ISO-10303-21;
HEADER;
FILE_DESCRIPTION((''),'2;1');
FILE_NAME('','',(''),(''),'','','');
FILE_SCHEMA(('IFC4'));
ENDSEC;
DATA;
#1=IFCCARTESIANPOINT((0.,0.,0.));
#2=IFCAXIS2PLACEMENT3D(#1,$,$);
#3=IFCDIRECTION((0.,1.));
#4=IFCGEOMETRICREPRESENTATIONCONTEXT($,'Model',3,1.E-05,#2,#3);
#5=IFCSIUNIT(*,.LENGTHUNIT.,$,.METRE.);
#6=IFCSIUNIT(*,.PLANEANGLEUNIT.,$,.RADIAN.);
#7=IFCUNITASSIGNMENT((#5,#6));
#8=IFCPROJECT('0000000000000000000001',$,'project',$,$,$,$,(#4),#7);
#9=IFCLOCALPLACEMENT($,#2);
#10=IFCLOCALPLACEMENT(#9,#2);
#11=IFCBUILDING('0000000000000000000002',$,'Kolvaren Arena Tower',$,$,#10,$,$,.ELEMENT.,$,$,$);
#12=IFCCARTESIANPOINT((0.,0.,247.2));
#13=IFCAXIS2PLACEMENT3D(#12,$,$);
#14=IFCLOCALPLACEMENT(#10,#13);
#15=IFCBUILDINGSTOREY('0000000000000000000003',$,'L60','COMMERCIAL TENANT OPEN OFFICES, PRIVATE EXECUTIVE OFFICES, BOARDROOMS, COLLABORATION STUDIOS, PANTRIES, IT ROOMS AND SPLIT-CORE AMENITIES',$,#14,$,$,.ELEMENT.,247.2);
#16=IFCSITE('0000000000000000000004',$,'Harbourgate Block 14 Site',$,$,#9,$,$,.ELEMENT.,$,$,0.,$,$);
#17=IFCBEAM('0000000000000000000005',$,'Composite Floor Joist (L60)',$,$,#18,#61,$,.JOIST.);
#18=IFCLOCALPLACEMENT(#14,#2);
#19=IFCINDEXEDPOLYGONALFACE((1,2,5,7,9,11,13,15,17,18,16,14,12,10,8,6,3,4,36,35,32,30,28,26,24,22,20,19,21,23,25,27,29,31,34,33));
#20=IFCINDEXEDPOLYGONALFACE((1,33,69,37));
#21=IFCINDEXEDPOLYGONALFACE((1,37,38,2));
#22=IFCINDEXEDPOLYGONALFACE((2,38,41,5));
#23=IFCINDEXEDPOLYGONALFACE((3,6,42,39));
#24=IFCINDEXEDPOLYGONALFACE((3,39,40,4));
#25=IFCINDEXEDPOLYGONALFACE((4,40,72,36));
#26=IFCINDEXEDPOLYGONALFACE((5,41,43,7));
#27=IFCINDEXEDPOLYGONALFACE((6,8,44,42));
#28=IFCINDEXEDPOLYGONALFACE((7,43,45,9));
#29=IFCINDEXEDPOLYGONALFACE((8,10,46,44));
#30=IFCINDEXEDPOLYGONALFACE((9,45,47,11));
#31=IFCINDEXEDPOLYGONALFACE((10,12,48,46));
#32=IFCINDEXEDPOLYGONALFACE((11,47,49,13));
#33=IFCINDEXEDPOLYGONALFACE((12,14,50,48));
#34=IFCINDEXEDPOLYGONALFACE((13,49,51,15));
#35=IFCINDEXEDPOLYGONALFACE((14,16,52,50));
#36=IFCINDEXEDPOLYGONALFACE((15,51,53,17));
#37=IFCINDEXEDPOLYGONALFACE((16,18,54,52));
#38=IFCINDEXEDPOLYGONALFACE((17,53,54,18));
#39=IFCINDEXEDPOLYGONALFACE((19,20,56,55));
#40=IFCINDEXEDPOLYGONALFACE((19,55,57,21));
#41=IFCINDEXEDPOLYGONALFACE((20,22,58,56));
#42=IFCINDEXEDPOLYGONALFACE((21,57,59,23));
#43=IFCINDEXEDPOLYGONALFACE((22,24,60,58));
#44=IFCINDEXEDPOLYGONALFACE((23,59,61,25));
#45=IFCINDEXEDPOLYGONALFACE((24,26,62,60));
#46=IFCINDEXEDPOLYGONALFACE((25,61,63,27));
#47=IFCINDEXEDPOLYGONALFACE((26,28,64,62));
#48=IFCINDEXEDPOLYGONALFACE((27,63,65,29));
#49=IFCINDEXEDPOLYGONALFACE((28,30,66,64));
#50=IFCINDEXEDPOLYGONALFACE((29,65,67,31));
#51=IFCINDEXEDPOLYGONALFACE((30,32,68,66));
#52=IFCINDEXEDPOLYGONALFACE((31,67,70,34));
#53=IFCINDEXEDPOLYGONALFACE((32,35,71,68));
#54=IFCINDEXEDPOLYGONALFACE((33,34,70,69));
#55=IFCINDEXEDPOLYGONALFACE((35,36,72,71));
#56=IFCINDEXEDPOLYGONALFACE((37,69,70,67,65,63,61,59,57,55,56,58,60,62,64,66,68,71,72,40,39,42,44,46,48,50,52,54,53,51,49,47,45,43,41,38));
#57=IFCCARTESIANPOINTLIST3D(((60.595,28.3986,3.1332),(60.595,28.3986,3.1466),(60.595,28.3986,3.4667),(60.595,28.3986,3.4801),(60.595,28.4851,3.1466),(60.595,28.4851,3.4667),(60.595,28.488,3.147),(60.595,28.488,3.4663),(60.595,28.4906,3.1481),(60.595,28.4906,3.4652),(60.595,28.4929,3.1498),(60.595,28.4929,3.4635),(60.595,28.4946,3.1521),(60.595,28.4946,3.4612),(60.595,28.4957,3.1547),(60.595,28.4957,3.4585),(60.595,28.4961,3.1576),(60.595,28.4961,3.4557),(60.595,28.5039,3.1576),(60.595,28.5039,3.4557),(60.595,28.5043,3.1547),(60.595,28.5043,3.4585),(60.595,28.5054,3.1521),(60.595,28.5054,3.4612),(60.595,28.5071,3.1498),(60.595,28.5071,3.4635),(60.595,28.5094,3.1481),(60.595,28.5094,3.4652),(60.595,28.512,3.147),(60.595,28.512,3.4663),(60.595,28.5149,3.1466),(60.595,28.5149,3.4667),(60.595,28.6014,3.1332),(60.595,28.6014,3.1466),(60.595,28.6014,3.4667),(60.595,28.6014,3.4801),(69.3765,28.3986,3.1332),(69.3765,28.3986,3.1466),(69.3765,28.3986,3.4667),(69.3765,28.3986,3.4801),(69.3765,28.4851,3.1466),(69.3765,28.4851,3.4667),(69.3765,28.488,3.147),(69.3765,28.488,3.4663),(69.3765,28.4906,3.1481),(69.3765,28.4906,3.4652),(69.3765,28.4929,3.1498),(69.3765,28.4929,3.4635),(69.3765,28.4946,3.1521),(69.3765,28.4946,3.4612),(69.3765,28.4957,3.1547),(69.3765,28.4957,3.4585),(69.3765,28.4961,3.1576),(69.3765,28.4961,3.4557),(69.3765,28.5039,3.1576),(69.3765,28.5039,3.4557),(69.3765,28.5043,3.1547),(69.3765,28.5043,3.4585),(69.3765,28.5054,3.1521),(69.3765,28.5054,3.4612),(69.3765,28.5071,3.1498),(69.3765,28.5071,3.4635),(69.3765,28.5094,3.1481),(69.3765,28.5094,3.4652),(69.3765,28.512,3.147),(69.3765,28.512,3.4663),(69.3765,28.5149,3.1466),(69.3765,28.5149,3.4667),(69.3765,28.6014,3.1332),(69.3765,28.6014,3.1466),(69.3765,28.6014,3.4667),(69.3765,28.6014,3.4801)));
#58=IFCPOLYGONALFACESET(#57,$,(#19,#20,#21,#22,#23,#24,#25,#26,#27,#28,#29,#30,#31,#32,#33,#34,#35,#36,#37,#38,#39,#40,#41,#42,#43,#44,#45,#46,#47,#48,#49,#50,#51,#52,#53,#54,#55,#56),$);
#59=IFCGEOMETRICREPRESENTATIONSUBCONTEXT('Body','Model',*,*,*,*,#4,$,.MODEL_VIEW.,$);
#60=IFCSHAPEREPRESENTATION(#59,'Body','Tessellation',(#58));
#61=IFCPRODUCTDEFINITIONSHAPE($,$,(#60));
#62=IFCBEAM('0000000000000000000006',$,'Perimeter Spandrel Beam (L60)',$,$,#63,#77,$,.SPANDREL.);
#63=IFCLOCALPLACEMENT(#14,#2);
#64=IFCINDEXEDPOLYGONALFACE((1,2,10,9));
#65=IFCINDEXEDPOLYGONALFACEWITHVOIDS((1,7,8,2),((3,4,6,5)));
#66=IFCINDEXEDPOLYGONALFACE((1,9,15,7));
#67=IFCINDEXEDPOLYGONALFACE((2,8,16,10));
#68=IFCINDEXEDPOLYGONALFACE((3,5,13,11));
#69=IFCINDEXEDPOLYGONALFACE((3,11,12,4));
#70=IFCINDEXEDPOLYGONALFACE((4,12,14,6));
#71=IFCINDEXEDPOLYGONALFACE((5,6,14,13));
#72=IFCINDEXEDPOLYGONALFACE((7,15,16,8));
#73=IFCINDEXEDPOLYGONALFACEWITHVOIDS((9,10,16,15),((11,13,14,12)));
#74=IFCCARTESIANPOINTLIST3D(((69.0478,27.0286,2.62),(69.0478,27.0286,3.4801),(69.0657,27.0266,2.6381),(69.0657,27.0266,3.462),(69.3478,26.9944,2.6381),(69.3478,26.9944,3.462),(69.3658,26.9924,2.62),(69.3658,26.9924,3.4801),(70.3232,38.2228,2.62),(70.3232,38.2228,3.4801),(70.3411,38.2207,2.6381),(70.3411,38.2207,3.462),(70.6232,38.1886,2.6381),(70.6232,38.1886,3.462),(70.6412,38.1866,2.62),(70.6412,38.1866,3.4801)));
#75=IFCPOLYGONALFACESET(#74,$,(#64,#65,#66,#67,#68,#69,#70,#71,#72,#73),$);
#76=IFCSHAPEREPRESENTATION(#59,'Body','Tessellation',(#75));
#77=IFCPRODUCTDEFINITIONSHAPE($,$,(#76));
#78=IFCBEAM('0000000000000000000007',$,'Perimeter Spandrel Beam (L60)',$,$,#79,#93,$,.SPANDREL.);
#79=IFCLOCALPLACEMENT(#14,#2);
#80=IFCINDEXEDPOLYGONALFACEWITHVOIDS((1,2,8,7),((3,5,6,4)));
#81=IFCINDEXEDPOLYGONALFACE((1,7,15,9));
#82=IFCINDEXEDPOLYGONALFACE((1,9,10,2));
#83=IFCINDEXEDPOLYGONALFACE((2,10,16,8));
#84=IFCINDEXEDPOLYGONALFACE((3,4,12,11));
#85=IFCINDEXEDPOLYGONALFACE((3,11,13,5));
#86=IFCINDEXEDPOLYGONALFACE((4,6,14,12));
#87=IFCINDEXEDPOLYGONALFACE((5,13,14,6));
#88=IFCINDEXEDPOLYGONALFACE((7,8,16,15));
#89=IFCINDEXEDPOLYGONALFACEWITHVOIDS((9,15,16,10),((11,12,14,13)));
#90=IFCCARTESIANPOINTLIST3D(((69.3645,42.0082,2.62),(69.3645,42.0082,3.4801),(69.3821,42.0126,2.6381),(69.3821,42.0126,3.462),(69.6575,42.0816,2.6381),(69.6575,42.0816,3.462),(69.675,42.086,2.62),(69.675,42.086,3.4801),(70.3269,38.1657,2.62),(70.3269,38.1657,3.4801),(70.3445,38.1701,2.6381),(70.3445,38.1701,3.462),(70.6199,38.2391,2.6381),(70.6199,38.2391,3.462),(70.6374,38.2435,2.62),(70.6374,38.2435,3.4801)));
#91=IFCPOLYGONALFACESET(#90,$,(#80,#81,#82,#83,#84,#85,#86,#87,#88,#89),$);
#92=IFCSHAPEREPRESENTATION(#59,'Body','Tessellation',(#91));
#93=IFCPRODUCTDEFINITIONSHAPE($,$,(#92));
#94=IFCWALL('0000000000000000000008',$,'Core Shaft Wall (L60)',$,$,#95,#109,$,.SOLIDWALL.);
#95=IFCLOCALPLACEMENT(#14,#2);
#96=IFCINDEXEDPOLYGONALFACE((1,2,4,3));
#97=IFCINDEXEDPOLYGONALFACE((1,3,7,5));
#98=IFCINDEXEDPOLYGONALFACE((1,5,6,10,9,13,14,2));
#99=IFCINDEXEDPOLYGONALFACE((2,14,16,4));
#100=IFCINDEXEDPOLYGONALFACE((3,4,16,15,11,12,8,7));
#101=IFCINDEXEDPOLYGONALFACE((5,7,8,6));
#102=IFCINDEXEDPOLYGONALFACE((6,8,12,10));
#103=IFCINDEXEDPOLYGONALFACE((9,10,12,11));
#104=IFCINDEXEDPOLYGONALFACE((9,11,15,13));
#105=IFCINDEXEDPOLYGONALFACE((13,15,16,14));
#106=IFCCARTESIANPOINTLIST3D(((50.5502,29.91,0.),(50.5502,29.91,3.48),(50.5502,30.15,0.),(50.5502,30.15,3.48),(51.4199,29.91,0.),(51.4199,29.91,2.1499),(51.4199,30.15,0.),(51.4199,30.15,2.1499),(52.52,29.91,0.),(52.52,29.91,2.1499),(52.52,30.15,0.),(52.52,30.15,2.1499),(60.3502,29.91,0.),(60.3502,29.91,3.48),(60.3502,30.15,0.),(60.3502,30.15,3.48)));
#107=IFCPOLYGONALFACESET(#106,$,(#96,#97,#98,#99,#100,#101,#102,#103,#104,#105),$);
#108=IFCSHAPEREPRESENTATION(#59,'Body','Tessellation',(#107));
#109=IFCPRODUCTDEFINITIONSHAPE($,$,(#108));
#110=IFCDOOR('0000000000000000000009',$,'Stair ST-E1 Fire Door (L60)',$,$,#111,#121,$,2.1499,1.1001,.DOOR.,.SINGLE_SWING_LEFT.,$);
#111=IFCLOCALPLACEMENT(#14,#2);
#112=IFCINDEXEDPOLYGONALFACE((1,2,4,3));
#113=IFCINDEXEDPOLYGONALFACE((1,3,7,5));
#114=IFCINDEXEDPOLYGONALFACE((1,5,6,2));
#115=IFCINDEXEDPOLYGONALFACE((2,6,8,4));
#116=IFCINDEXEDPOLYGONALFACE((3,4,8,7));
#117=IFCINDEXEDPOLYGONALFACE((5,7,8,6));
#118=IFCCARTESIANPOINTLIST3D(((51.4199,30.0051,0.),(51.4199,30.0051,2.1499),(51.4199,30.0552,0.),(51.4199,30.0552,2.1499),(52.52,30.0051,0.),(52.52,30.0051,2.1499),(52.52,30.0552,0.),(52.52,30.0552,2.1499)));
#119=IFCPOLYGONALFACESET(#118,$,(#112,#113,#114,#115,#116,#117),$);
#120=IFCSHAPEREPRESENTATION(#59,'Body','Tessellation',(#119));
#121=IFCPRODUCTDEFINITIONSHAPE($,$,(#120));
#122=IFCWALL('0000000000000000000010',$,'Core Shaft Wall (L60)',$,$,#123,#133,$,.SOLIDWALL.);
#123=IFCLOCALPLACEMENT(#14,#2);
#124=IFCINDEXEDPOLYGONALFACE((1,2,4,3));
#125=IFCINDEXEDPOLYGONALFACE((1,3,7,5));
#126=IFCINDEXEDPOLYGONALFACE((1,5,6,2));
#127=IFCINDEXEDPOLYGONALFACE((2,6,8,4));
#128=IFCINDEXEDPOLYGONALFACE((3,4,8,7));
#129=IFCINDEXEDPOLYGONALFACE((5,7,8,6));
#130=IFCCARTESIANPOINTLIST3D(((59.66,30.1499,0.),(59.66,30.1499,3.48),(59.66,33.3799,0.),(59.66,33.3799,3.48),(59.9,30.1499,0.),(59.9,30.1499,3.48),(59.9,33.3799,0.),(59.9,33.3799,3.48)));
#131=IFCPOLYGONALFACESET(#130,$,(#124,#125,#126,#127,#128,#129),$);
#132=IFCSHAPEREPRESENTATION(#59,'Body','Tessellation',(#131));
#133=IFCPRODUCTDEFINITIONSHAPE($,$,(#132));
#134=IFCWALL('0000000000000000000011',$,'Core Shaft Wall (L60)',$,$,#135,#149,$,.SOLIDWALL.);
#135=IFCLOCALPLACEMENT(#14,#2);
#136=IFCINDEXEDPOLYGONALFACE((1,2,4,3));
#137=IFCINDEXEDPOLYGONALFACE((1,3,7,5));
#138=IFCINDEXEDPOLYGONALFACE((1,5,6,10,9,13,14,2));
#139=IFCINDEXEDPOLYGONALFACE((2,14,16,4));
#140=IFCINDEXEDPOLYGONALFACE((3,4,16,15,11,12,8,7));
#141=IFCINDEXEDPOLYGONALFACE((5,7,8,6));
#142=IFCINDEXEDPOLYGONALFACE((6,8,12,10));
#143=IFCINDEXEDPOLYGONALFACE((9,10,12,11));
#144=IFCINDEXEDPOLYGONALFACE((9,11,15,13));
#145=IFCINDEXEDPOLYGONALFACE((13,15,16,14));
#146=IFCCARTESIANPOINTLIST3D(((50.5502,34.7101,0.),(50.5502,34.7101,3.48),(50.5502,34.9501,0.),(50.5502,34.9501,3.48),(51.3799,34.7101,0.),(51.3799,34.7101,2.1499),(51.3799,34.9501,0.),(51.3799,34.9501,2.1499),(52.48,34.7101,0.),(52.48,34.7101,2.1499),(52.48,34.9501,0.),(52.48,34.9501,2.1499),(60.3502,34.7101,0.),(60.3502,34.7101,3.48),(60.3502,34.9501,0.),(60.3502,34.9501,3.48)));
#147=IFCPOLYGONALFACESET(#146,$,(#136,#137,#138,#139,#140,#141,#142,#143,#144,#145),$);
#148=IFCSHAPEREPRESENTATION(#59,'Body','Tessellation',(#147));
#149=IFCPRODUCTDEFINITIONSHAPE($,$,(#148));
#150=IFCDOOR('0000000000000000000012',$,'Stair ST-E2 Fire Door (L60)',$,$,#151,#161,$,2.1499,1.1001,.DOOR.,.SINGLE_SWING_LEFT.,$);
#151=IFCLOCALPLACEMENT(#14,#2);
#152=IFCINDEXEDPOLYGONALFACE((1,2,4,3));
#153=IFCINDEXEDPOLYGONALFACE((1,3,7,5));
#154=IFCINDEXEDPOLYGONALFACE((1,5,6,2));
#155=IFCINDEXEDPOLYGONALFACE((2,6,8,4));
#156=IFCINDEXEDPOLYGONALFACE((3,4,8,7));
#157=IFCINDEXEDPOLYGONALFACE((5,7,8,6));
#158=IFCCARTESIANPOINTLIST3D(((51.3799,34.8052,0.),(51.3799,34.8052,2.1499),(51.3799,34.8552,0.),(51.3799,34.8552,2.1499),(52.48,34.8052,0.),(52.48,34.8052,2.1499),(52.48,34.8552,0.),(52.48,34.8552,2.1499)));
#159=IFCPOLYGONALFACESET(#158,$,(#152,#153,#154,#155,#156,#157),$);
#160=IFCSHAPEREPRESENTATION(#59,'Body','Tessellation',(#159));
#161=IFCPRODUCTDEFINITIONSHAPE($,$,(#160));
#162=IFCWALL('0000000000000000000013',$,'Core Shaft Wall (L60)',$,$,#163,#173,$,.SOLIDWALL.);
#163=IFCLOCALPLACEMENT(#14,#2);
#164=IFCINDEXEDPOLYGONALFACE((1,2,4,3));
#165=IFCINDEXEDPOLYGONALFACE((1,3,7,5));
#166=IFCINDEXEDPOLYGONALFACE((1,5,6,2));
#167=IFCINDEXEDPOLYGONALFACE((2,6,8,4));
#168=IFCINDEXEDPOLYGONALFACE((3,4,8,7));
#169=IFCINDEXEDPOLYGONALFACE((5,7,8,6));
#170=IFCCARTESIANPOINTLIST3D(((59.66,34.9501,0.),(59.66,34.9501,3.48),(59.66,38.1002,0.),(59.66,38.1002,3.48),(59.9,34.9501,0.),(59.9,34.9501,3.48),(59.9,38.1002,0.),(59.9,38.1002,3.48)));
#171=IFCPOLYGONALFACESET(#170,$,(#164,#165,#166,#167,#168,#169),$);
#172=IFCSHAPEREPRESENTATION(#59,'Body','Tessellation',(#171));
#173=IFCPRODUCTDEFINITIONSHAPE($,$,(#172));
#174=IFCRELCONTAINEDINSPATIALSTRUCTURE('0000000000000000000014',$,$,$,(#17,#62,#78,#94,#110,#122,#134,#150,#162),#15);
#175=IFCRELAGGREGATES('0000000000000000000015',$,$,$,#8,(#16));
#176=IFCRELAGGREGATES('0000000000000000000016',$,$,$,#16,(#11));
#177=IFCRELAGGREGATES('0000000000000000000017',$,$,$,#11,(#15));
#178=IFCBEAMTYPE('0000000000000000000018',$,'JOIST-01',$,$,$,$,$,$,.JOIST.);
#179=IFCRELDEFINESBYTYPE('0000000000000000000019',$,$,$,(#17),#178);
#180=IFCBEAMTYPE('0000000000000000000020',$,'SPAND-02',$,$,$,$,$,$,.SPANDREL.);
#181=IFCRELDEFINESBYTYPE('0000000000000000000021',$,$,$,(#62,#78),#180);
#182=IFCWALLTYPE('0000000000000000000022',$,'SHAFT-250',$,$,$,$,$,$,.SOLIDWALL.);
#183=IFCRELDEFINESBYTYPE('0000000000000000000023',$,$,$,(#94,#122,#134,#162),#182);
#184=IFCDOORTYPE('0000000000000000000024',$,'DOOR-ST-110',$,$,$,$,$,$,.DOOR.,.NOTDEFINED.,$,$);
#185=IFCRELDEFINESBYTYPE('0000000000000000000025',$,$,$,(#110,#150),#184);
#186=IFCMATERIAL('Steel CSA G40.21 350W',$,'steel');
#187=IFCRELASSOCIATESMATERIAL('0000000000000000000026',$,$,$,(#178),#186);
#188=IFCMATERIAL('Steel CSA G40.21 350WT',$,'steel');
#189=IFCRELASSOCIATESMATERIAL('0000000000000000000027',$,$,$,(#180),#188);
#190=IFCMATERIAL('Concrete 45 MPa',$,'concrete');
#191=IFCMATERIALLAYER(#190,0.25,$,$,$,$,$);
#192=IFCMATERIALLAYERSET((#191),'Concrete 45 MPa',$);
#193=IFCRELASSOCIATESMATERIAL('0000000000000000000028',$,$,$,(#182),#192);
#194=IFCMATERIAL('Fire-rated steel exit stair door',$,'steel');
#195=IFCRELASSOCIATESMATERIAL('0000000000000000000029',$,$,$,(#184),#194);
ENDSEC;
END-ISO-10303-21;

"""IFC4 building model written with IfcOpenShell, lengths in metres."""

from ifc_helpers import new_model, si_unit, direction, frame, frame_2d, origin, origin_2d, place, context, subcontext, project, spatial, rectangle, hollow_rectangle, i_section, extrude, material, layer, layer_set, material_profile, profile_set, type_object, element, fill, save


model = new_model("IFC4")

# Units and contexts
model_context = context("Model", 3, precision=1e-05, world=origin(), true_north=direction((0.0, 1.0)))
body_context = subcontext(model_context, "Body", "Model", "MODEL_VIEW")
ifc_project = project(units=[si_unit("LENGTHUNIT", "METRE"), si_unit("PLANEANGLEUNIT", "RADIAN")], contexts=[model_context])

# Site, building, storey
site_placement = place(None, origin())
site = spatial("IfcSite", under=ifc_project, at=site_placement, Name="Harbourgate Block 14 Site", CompositionType="ELEMENT", RefElevation=0.0)
building_placement = place(site_placement, origin())
building = spatial("IfcBuilding", under=site, at=building_placement, Name="Kolvaren Arena Tower", CompositionType="ELEMENT")
storey_placement = place(building_placement, frame((0.0, 0.0, 247.2)))
storey = spatial("IfcBuildingStorey", under=building, at=storey_placement, Name="L60", Description="COMMERCIAL TENANT OPEN OFFICES, PRIVATE EXECUTIVE OFFICES, BOARDROOMS, COLLABORATION STUDIOS, PANTRIES, IT ROOMS AND SPLIT-CORE AMENITIES", CompositionType="ELEMENT", Elevation=247.2)

# Beams
ifc_material_1 = material(Name="Steel CSA G40.21 350W", Category="steel")
ifc_material_profile_1 = material_profile(ifc_material_1, i_section(OverallWidth=0.2029, OverallDepth=0.3469, WebThickness=0.0078, FlangeThickness=0.0134, FilletRadius=0.011, at=origin_2d()), Name="W360x64")
ifc_profile_set_1 = profile_set([ifc_material_profile_1], Name="Steel CSA G40.21 350W")
beam_type_1 = type_object("IfcBeamType", Name="JOIST-01", PredefinedType="JOIST", material=ifc_profile_set_1)
beam_1_placement = place(storey_placement, frame((60.595, 28.5, 3.3066), z_axis=(1.0, 0.0, 0.0), x_axis=(0.0, 1.0, 0.0)))
element("IfcBeam", 1, at=beam_1_placement, inside=storey, type_object=beam_type_1, Name="Composite Floor Joist (L60)", PredefinedType="JOIST", context=body_context, shape_type="SweptSolid", body=[
    extrude(i_section(OverallWidth=0.2029, OverallDepth=0.3469, WebThickness=0.0078, FlangeThickness=0.0134, FilletRadius=0.011, at=origin_2d()), origin(), (0.0, 0.0, 1.0), 8.7815),
])
ifc_material_2 = material(Name="Steel CSA G40.21 350WT", Category="steel")
ifc_material_profile_2 = material_profile(ifc_material_2, hollow_rectangle(XDim=0.3201, YDim=0.8601, WallThickness=0.0181, at=origin_2d()), Name="HSS 860x320x18")
ifc_profile_set_2 = profile_set([ifc_material_profile_2], Name="Steel CSA G40.21 350WT")
beam_type_2 = type_object("IfcBeamType", Name="SPAND-02", PredefinedType="SPANDREL", material=ifc_profile_set_2)
beam_2_placement = place(storey_placement, frame((69.2068, 27.0105, 3.05), z_axis=(0.113202, 0.993572, 0.0), x_axis=(-0.993572, 0.113202, 0.0)))
element("IfcBeam", 2, at=beam_2_placement, inside=storey, type_object=beam_type_2, Name="Perimeter Spandrel Beam (L60)", PredefinedType="SPANDREL", context=body_context, shape_type="SweptSolid", body=[
    extrude(hollow_rectangle(XDim=0.3201, YDim=0.8601, WallThickness=0.0181, at=origin_2d()), origin(), (0.0, 0.0, 1.0), 11.2666),
])
beam_3_placement = place(storey_placement, frame((70.4822, 38.2046, 3.05), z_axis=(-0.242956, 0.970037, 0.0), x_axis=(-0.970037, -0.242956, 0.0)))
element("IfcBeam", 3, at=beam_3_placement, inside=storey, type_object=beam_type_2, Name="Perimeter Spandrel Beam (L60)", PredefinedType="SPANDREL", context=body_context, shape_type="SweptSolid", body=[
    extrude(hollow_rectangle(XDim=0.3201, YDim=0.8601, WallThickness=0.0181, at=origin_2d()), origin(), (0.0, 0.0, 1.0), 3.9612),
])

# Wall, opening, door
ifc_material_3 = material(Name="Concrete 45 MPa", Category="concrete")
ifc_layer = layer(ifc_material_3, 0.25)
ifc_layer_set = layer_set([ifc_layer], Name="Concrete 45 MPa")
wall_type = type_object("IfcWallType", Name="SHAFT-250", PredefinedType="SOLIDWALL", material=ifc_layer_set)
wall_1_placement = place(storey_placement, frame((60.3501, 30.03, 0.0), z_axis=(0.0, 0.0, 1.0), x_axis=(-1.0, 0.0, 0.0)))
wall_1 = element("IfcWall", 4, at=wall_1_placement, inside=storey, type_object=wall_type, Name="Core Shaft Wall (L60)", PredefinedType="SOLIDWALL", context=body_context, shape_type="SweptSolid", body=[
    extrude(rectangle(XDim=9.8, YDim=0.24, at=frame_2d((4.8999, 0.0))), origin(), (0.0, 0.0, 1.0), 3.48),
])
opening_1_placement = place(wall_1_placement, frame((7.8301, 0.0, 0.0)))
opening_1 = element("IfcOpeningElement", 5, at=opening_1_placement, cuts=wall_1, PredefinedType="OPENING", context=body_context, shape_type="SweptSolid", body=[
    extrude(rectangle(XDim=1.1001, YDim=2.1499, at=frame_2d((0.55, 1.075))), frame((0.0, 0.1299, 0.0), z_axis=(0.0, -1.0, 0.0), x_axis=(1.0, 0.0, 0.0)), (0.0, 0.0, 1.0), 0.26),
])
ifc_material_4 = material(Name="Fire-rated steel exit stair door", Category="steel")
door_type_1 = type_object("IfcDoorType", Name="DOOR-ST-110", OperationType="NOTDEFINED", PredefinedType="DOOR", material=ifc_material_4)
door_1_placement = place(opening_1_placement, origin())
door_1 = element("IfcDoor", 6, at=door_1_placement, inside=storey, type_object=door_type_1, Name="Stair ST-E1 Fire Door (L60)", OperationType="SINGLE_SWING_LEFT", OverallHeight=2.1499, OverallWidth=1.1001, PredefinedType="DOOR", context=body_context, shape_type="SweptSolid", body=[
    extrude(rectangle(XDim=1.1001, YDim=2.1499, at=frame_2d((0.55, 1.075))), frame((0.0, 0.0249, 0.0), z_axis=(0.0, -1.0, 0.0), x_axis=(1.0, 0.0, 0.0)), (0.0, 0.0, 1.0), 0.05),
])
fill(opening_1, door_1)

# Wall
wall_2_placement = place(storey_placement, frame((59.78, 30.1499, 0.0), z_axis=(0.0, 0.0, 1.0), x_axis=(0.0, 1.0, 0.0)))
element("IfcWall", 7, at=wall_2_placement, inside=storey, type_object=wall_type, Name="Core Shaft Wall (L60)", PredefinedType="SOLIDWALL", context=body_context, shape_type="SweptSolid", body=[
    extrude(rectangle(XDim=3.23, YDim=0.24, at=frame_2d((1.615, 0.0))), origin(), (0.0, 0.0, 1.0), 3.48),
])

# Wall, opening, door
wall_3_placement = place(storey_placement, frame((60.3501, 34.8301, 0.0), z_axis=(0.0, 0.0, 1.0), x_axis=(-1.0, 0.0, 0.0)))
wall_3 = element("IfcWall", 8, at=wall_3_placement, inside=storey, type_object=wall_type, Name="Core Shaft Wall (L60)", PredefinedType="SOLIDWALL", context=body_context, shape_type="SweptSolid", body=[
    extrude(rectangle(XDim=9.8, YDim=0.24, at=frame_2d((4.8999, 0.0))), origin(), (0.0, 0.0, 1.0), 3.48),
])
opening_2_placement = place(wall_3_placement, frame((7.8701, 0.0, 0.0)))
opening_2 = element("IfcOpeningElement", 9, at=opening_2_placement, cuts=wall_3, PredefinedType="OPENING", context=body_context, shape_type="SweptSolid", body=[
    extrude(rectangle(XDim=1.1001, YDim=2.1499, at=frame_2d((0.55, 1.075))), frame((0.0, 0.1299, 0.0), z_axis=(0.0, -1.0, 0.0), x_axis=(1.0, 0.0, 0.0)), (0.0, 0.0, 1.0), 0.26),
])
door_2_placement = place(opening_2_placement, origin())
door_2 = element("IfcDoor", 10, at=door_2_placement, inside=storey, type_object=door_type_1, Name="Stair ST-E2 Fire Door (L60)", OperationType="SINGLE_SWING_LEFT", OverallHeight=2.1499, OverallWidth=1.1001, PredefinedType="DOOR", context=body_context, shape_type="SweptSolid", body=[
    extrude(rectangle(XDim=1.1001, YDim=2.1499, at=frame_2d((0.55, 1.075))), frame((0.0, 0.0249, 0.0), z_axis=(0.0, -1.0, 0.0), x_axis=(1.0, 0.0, 0.0)), (0.0, 0.0, 1.0), 0.05),
])
fill(opening_2, door_2)

# Wall
wall_4_placement = place(storey_placement, frame((59.78, 34.95, 0.0), z_axis=(0.0, 0.0, 1.0), x_axis=(0.0, 1.0, 0.0)))
element("IfcWall", 11, at=wall_4_placement, inside=storey, type_object=wall_type, Name="Core Shaft Wall (L60)", PredefinedType="SOLIDWALL", context=body_context, shape_type="SweptSolid", body=[
    extrude(rectangle(XDim=3.1501, YDim=0.24, at=frame_2d((1.5752, 0.0))), origin(), (0.0, 0.0, 1.0), 3.48),
])

save(model, "model.ifc")
